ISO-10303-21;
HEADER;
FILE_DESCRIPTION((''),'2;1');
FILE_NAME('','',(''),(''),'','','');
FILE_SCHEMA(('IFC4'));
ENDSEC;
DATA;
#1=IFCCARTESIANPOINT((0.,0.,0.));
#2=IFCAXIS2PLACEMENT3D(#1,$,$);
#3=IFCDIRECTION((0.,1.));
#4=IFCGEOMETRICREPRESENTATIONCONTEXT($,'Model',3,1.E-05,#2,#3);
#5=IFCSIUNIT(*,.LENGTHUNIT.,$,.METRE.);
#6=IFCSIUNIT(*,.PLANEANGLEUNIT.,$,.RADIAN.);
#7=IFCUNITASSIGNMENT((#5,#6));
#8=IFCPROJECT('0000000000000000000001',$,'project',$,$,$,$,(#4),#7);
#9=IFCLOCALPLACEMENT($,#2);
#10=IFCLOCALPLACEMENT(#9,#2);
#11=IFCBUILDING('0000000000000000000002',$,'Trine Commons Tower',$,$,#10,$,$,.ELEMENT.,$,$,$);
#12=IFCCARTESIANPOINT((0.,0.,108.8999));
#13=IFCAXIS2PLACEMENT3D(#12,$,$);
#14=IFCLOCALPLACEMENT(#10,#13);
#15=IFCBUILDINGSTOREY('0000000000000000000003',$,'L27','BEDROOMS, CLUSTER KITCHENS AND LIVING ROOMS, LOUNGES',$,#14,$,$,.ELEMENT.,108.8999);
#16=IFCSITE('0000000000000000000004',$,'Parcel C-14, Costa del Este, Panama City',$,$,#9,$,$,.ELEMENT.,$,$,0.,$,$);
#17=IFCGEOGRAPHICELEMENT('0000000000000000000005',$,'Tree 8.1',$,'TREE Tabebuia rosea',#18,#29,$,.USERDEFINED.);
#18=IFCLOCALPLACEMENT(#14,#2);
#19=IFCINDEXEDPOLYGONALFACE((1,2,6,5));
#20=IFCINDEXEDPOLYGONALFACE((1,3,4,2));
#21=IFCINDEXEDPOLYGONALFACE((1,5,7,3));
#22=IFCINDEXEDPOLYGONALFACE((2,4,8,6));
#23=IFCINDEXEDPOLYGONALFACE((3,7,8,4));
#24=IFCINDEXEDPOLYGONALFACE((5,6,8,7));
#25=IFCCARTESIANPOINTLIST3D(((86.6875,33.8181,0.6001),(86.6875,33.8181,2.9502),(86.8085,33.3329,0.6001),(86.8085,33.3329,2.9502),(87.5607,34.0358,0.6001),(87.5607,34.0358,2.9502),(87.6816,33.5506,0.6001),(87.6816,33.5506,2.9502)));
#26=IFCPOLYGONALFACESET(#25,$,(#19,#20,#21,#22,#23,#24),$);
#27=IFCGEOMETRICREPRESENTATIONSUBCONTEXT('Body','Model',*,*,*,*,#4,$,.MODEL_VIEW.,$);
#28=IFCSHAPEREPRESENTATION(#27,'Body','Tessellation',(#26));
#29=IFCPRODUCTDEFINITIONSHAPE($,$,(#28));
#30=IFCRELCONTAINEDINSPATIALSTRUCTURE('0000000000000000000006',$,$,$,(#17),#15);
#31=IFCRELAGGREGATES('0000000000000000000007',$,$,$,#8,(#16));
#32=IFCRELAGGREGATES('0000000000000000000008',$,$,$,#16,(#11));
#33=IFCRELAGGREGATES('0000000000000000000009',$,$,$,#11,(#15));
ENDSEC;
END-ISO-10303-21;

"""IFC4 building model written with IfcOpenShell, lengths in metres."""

from ifc_helpers import new_model, si_unit, direction, frame, origin, origin_2d, place, context, subcontext, project, spatial, rectangle, extrude, element, save


model = new_model("IFC4")

# Units and contexts
model_context = context("Model", 3, precision=1e-05, world=origin(), true_north=direction((0.0, 1.0)))
body_context = subcontext(model_context, "Body", "Model", "MODEL_VIEW")
ifc_project = project(units=[si_unit("LENGTHUNIT", "METRE"), si_unit("PLANEANGLEUNIT", "RADIAN")], contexts=[model_context])

# Site, building, storey
site_placement = place(None, origin())
site = spatial("IfcSite", under=ifc_project, at=site_placement, Name="Parcel C-14, Costa del Este, Panama City", CompositionType="ELEMENT", RefElevation=0.0)
building_placement = place(site_placement, origin())
building = spatial("IfcBuilding", under=site, at=building_placement, Name="Trine Commons Tower", CompositionType="ELEMENT")
storey_placement = place(building_placement, frame((0.0, 0.0, 108.8999)))
storey = spatial("IfcBuildingStorey", under=building, at=storey_placement, Name="L27", Description="BEDROOMS, CLUSTER KITCHENS AND LIVING ROOMS, LOUNGES", CompositionType="ELEMENT", Elevation=108.8999)

# Geographic element
for number, where, z_axis, x_axis, name in (
    (1, (87.1846, 33.6843, 0.6001), (0.0, 0.0, 1.0), (-0.970297, -0.241915, 0.0), "Tree 8.1"),
):
    element("IfcGeographicElement", number, at=place(storey_placement, frame(where, z_axis=z_axis, x_axis=x_axis)), inside=storey, Name=name, ObjectType="TREE Tabebuia rosea", PredefinedType="USERDEFINED", context=body_context, shape_type="SweptSolid", body=[
        extrude(rectangle(XDim=0.8999, YDim=0.5, at=origin_2d()), origin(), (0.0, 0.0, 1.0), 2.3501),
    ])

save(model, "model.ifc")
